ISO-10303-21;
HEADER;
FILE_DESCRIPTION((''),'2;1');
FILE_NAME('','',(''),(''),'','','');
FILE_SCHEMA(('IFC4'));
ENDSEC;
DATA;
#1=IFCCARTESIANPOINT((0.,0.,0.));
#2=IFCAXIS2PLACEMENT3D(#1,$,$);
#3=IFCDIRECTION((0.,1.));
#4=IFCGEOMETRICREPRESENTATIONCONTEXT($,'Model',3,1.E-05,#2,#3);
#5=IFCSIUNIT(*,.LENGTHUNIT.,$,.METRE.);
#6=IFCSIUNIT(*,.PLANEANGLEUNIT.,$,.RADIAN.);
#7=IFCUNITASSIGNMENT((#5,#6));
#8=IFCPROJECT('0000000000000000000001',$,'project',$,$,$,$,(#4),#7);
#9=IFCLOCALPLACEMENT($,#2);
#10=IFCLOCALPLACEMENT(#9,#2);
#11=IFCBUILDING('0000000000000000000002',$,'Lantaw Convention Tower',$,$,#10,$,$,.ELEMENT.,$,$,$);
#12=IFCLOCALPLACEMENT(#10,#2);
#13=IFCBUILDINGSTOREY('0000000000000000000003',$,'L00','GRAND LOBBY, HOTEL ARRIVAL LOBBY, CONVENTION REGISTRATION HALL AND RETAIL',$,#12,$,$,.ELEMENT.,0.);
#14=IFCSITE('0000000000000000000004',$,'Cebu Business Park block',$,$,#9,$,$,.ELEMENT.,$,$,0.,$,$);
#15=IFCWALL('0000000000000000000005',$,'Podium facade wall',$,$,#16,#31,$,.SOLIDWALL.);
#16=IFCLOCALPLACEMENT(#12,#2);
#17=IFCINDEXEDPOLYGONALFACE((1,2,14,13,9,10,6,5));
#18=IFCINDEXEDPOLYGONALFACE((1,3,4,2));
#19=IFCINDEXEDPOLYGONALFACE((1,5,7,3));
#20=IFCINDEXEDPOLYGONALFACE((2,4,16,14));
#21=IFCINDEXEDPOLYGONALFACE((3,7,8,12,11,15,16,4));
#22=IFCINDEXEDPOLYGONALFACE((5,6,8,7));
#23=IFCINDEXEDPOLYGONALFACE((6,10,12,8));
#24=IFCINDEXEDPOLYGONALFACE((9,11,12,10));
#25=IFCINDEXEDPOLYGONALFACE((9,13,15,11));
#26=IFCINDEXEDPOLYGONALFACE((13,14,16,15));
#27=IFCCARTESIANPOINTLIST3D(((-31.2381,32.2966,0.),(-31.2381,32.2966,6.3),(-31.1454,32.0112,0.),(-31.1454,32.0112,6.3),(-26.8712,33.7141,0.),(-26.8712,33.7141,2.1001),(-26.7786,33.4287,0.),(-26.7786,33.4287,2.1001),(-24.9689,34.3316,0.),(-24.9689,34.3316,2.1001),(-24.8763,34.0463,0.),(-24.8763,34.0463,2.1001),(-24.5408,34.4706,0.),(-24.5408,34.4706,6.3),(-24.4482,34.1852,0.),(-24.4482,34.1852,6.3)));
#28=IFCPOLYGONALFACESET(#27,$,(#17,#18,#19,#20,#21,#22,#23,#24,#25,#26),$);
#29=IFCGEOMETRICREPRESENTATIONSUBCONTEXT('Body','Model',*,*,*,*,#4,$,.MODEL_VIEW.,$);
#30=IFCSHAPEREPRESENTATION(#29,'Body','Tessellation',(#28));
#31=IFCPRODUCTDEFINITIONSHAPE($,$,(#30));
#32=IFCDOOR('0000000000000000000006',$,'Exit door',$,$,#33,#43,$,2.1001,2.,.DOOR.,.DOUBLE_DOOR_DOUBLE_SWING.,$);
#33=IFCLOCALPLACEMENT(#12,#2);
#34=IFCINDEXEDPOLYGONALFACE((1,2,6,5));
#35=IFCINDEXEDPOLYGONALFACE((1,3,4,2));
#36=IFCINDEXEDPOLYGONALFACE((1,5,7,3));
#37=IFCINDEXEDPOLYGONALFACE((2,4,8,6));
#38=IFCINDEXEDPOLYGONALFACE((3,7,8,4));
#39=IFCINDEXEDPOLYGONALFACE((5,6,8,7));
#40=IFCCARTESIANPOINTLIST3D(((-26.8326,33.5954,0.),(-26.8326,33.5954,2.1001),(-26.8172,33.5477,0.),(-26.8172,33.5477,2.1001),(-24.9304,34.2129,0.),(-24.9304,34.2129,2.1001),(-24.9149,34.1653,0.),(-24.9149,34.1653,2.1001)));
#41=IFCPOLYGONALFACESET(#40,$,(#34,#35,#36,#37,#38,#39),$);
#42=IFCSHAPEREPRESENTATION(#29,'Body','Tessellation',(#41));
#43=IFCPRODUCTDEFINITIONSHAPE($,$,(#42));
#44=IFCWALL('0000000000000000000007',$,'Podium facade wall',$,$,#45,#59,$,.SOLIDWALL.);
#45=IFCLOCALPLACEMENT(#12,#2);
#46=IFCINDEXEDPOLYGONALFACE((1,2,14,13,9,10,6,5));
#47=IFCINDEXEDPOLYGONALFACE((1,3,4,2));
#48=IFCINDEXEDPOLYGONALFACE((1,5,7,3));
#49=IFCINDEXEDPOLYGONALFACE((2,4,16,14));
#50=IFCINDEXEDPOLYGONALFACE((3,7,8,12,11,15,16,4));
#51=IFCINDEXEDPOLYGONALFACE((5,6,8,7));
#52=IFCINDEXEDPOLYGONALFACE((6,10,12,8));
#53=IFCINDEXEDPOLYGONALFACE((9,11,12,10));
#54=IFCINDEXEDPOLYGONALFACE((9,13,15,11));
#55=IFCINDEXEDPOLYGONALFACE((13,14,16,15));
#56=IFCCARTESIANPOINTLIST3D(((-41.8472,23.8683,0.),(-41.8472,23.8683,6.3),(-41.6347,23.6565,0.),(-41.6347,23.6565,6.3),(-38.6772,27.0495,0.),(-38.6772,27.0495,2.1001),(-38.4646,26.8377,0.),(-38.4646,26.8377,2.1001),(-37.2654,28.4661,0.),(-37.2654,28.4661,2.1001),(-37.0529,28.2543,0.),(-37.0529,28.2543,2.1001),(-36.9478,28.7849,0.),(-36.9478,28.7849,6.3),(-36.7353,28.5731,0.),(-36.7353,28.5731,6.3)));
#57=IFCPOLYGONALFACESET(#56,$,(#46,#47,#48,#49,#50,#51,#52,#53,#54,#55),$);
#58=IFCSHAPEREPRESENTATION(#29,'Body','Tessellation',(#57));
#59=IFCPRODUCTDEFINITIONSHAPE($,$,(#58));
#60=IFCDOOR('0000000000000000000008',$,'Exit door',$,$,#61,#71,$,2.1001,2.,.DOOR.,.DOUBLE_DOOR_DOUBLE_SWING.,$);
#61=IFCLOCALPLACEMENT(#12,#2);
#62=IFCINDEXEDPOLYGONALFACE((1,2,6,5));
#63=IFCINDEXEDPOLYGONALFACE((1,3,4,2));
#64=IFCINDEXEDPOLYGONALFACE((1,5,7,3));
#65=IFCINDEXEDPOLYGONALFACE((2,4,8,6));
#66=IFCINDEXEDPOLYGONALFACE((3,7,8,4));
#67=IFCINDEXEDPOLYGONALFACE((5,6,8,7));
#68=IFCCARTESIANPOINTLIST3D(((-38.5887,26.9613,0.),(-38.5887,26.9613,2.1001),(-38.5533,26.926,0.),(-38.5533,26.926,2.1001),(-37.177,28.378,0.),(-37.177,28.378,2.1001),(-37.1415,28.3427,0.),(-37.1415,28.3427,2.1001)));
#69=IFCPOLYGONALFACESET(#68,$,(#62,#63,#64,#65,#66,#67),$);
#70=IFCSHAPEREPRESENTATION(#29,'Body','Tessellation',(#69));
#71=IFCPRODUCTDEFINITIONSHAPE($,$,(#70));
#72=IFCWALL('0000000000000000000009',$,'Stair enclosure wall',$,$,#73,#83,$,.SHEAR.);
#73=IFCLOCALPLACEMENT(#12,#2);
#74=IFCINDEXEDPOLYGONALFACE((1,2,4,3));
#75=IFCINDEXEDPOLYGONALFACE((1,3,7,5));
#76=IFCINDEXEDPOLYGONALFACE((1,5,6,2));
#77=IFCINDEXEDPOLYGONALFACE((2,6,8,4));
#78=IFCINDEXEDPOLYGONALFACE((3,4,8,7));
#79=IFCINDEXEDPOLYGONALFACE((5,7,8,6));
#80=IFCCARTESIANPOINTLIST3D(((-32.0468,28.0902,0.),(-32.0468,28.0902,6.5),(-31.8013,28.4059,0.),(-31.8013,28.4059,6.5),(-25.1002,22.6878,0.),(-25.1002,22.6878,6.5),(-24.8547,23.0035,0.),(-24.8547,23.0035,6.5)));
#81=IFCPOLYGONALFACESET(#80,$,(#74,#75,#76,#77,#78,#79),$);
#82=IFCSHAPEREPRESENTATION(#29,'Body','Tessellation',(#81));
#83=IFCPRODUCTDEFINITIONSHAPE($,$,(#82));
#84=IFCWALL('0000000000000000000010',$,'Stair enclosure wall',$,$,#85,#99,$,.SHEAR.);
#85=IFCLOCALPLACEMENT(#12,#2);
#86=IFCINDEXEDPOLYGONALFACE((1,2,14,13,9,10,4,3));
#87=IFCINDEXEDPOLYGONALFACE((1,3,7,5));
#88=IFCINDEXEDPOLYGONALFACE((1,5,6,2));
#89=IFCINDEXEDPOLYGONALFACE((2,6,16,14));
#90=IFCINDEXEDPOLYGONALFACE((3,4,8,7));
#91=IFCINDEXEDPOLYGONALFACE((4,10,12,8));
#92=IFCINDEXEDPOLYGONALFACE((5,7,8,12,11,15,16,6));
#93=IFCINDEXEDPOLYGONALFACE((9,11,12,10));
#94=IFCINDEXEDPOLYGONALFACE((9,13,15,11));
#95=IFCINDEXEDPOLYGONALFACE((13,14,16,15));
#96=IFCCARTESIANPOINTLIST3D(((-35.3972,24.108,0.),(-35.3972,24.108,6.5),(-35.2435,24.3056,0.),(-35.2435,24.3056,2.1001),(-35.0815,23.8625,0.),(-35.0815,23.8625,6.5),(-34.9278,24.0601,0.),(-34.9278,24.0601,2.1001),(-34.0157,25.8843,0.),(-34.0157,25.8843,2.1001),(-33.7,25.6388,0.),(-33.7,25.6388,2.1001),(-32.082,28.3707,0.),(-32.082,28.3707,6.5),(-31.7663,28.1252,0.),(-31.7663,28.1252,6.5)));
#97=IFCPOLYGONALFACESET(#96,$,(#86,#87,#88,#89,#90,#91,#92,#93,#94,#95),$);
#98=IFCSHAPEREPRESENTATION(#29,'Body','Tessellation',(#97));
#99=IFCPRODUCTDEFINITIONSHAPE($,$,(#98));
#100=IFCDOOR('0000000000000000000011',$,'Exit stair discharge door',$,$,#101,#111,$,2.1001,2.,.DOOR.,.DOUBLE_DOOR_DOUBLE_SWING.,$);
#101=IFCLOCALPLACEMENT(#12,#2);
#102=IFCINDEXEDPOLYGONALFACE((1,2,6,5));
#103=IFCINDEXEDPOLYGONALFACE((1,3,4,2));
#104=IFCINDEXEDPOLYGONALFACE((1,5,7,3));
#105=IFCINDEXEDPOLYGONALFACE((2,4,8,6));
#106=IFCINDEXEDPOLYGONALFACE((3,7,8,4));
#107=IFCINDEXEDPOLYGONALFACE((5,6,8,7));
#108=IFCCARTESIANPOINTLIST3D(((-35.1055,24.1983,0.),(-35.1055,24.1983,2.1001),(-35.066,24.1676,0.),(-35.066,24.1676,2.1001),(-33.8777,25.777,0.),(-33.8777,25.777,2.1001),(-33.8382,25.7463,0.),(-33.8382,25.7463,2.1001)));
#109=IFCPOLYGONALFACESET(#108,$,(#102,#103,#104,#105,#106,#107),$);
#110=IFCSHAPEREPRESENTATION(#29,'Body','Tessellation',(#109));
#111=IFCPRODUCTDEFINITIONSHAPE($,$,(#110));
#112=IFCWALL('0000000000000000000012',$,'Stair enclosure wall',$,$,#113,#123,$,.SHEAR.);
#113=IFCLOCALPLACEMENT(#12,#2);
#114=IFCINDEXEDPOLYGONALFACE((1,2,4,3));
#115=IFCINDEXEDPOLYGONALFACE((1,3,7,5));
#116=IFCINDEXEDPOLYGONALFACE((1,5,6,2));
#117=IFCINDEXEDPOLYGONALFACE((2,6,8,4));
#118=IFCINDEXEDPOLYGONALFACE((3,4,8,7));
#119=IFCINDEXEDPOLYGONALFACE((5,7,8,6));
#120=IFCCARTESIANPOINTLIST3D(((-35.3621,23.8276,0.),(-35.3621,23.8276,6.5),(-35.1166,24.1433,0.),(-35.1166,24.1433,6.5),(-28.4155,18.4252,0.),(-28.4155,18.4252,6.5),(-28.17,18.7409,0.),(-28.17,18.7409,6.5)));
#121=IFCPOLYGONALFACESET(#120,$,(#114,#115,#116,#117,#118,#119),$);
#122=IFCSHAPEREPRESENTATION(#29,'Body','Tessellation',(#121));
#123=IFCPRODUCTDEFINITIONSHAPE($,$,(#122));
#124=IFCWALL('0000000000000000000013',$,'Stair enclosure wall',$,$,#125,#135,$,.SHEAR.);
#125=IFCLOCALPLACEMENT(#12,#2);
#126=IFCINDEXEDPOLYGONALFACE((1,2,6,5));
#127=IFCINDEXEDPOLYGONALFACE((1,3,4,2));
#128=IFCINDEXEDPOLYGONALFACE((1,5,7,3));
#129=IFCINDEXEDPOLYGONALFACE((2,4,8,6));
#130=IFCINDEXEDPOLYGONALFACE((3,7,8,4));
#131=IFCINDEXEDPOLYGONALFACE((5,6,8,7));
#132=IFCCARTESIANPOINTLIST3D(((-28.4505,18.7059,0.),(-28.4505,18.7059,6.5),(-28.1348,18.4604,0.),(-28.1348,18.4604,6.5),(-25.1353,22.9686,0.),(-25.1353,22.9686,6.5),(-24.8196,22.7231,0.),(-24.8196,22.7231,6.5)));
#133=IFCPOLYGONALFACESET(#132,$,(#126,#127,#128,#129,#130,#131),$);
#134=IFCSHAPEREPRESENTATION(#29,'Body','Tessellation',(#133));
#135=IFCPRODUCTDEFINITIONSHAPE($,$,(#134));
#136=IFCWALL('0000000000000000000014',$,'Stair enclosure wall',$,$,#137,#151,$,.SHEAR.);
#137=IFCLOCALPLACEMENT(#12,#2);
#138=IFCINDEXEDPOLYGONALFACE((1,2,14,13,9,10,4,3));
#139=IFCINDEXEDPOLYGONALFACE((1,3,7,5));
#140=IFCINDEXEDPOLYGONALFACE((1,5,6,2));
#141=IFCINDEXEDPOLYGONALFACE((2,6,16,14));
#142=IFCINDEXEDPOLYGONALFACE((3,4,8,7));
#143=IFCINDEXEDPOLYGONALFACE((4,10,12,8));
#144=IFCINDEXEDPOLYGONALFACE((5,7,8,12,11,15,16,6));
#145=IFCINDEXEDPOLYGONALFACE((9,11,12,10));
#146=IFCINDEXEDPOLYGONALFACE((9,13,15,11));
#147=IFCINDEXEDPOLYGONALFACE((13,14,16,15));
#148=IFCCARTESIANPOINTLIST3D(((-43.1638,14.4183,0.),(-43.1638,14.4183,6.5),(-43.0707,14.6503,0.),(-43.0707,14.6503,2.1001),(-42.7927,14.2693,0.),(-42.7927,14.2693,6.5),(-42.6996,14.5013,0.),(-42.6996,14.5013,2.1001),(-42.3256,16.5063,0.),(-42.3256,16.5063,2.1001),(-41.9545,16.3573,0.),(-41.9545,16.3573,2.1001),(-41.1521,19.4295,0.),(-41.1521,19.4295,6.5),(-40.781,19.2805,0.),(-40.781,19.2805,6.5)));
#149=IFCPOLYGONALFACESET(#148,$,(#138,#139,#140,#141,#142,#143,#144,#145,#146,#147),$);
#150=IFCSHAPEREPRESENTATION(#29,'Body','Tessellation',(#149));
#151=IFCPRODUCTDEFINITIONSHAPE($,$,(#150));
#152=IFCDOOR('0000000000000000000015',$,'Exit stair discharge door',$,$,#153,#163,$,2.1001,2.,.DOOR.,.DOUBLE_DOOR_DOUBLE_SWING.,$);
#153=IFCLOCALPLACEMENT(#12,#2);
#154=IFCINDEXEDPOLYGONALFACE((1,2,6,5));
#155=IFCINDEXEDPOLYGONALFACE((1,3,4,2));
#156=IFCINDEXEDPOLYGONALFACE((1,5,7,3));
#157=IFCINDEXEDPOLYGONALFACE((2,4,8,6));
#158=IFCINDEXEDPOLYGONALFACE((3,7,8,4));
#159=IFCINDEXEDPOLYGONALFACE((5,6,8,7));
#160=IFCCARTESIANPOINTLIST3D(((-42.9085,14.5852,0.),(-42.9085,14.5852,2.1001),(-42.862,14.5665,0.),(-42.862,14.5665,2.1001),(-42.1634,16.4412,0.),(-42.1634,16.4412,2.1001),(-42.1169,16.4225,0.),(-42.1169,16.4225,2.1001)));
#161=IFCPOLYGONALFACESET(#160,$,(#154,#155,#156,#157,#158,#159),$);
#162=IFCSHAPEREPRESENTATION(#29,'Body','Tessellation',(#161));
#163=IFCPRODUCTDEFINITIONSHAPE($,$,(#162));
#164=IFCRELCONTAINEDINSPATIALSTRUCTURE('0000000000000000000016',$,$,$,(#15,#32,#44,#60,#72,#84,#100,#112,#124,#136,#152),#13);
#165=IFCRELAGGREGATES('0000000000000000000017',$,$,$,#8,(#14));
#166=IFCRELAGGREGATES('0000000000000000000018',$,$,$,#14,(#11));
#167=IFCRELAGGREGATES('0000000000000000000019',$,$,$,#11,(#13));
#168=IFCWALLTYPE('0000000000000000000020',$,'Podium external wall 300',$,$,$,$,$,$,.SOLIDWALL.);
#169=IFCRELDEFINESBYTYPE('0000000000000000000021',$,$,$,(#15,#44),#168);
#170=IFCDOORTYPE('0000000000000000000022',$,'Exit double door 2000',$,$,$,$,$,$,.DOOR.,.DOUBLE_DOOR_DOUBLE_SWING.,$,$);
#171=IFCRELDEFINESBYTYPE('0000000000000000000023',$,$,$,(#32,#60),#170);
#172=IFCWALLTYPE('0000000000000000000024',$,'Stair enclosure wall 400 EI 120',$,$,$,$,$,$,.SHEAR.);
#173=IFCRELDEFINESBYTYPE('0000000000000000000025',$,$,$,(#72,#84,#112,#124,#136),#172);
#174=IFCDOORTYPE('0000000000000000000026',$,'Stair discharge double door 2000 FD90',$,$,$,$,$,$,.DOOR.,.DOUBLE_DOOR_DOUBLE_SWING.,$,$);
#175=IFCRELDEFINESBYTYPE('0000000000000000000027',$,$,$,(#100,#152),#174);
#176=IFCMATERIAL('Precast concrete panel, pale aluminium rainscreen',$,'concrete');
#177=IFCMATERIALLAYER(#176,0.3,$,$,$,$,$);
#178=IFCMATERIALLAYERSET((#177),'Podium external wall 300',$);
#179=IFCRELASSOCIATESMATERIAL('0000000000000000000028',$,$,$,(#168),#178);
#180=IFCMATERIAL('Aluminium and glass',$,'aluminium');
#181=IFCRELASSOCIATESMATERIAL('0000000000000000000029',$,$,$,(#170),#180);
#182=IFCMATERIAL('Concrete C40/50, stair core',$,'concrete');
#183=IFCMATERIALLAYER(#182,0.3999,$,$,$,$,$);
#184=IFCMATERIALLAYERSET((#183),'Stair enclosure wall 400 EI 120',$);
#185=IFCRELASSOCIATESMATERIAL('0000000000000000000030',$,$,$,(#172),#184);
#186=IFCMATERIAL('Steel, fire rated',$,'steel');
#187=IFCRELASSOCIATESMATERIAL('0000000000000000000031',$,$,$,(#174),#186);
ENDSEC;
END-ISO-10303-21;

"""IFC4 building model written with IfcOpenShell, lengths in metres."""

from ifc_helpers import new_model, si_unit, direction, frame, frame_2d, origin, place, context, subcontext, project, spatial, rectangle, extrude, material, layer, layer_set, type_object, element, fill, save


model = new_model("IFC4")

# Units and contexts
model_context = context("Model", 3, precision=1e-05, world=origin(), true_north=direction((0.0, 1.0)))
body_context = subcontext(model_context, "Body", "Model", "MODEL_VIEW")
ifc_project = project(units=[si_unit("LENGTHUNIT", "METRE"), si_unit("PLANEANGLEUNIT", "RADIAN")], contexts=[model_context])

# Site, building, storey
site_placement = place(None, origin())
site = spatial("IfcSite", under=ifc_project, at=site_placement, Name="Cebu Business Park block", CompositionType="ELEMENT", RefElevation=0.0)
building_placement = place(site_placement, origin())
building = spatial("IfcBuilding", under=site, at=building_placement, Name="Lantaw Convention Tower", CompositionType="ELEMENT")
storey_placement = place(building_placement, origin())
storey = spatial("IfcBuildingStorey", under=building, at=storey_placement, Name="L00", Description="GRAND LOBBY, HOTEL ARRIVAL LOBBY, CONVENTION REGISTRATION HALL AND RETAIL", CompositionType="ELEMENT", Elevation=0.0)

# Walls, openings, doors
ifc_material_1 = material(Name="Aluminium and glass", Category="aluminium")
ifc_material_2 = material(Name="Precast concrete panel, pale aluminium rainscreen", Category="concrete")
ifc_layer_1 = layer(ifc_material_2, 0.3)
ifc_layer_set_1 = layer_set([ifc_layer_1], Name="Podium external wall 300")
wall_type_1 = type_object("IfcWallType", Name="Podium external wall 300", PredefinedType="SOLIDWALL", material=ifc_layer_set_1)
wall_1_placement = place(storey_placement, frame((-24.4946, 34.3279, 0.0), z_axis=(0.0, 0.0, 1.0), x_axis=(-0.95114, -0.30876, 0.0)))
wall_1 = element("IfcWall", 1, at=wall_1_placement, inside=storey, type_object=wall_type_1, Name="Podium facade wall", PredefinedType="SOLIDWALL", context=body_context, shape_type="SweptSolid", body=[
    extrude(rectangle(XDim=7.0413, YDim=0.3, at=frame_2d((3.5205, 0.0))), origin(), (0.0, 0.0, 1.0), 6.3),
])
opening_1_placement = place(wall_1_placement, frame((0.45, 0.0, 0.0)))
opening_1 = element("IfcOpeningElement", 2, at=opening_1_placement, cuts=wall_1, PredefinedType="OPENING", context=body_context, shape_type="SweptSolid", body=[
    extrude(rectangle(XDim=2.0, YDim=2.1001, at=frame_2d((1.0, 1.05))), frame((0.0, 0.1599, 0.0), z_axis=(0.0, -1.0, 0.0), x_axis=(1.0, 0.0, 0.0)), (0.0, 0.0, 1.0), 0.3201),
])
door_type_1 = type_object("IfcDoorType", Name="Exit double door 2000", OperationType="DOUBLE_DOOR_DOUBLE_SWING", PredefinedType="DOOR", material=ifc_material_1)
door_1_placement = place(opening_1_placement, origin())
door_1 = element("IfcDoor", 3, at=door_1_placement, inside=storey, type_object=door_type_1, Name="Exit door", OperationType="DOUBLE_DOOR_DOUBLE_SWING", OverallHeight=2.1001, OverallWidth=2.0, PredefinedType="DOOR", context=body_context, shape_type="SweptSolid", body=[
    extrude(rectangle(XDim=2.0, YDim=2.1001, at=frame_2d((1.0, 1.05))), frame((0.0, 0.0249, 0.0), z_axis=(0.0, -1.0, 0.0), x_axis=(1.0, 0.0, 0.0)), (0.0, 0.0, 1.0), 0.05),
])
fill(opening_1, door_1)
wall_2_placement = place(storey_placement, frame((-36.8416, 28.679, 0.0), z_axis=(0.0, 0.0, 1.0), x_axis=(-0.705875, -0.708337, 0.0)))
wall_2 = element("IfcWall", 4, at=wall_2_placement, inside=storey, type_object=wall_type_1, Name="Podium facade wall", PredefinedType="SOLIDWALL", context=body_context, shape_type="SweptSolid", body=[
    extrude(rectangle(XDim=6.9409, YDim=0.3, at=frame_2d((3.4705, 0.0))), origin(), (0.0, 0.0, 1.0), 6.3),
])
opening_2_placement = place(wall_2_placement, frame((0.45, 0.0, 0.0)))
opening_2 = element("IfcOpeningElement", 5, at=opening_2_placement, cuts=wall_2, PredefinedType="OPENING", context=body_context, shape_type="SweptSolid", body=[
    extrude(rectangle(XDim=2.0, YDim=2.1001, at=frame_2d((1.0, 1.05))), frame((0.0, 0.1599, 0.0), z_axis=(0.0, -1.0, 0.0), x_axis=(1.0, 0.0, 0.0)), (0.0, 0.0, 1.0), 0.3201),
])
door_2_placement = place(opening_2_placement, origin())
door_2 = element("IfcDoor", 6, at=door_2_placement, inside=storey, type_object=door_type_1, Name="Exit door", OperationType="DOUBLE_DOOR_DOUBLE_SWING", OverallHeight=2.1001, OverallWidth=2.0, PredefinedType="DOOR", context=body_context, shape_type="SweptSolid", body=[
    extrude(rectangle(XDim=2.0, YDim=2.1001, at=frame_2d((1.0, 1.05))), frame((0.0, 0.0249, 0.0), z_axis=(0.0, -1.0, 0.0), x_axis=(1.0, 0.0, 0.0)), (0.0, 0.0, 1.0), 0.05),
])
fill(opening_2, door_2)

# Wall
ifc_material_3 = material(Name="Concrete C40/50, stair core", Category="concrete")
ifc_layer_2 = layer(ifc_material_3, 0.3999)
ifc_layer_set_2 = layer_set([ifc_layer_2], Name="Stair enclosure wall 400 EI 120")
wall_type_2 = type_object("IfcWallType", Name="Stair enclosure wall 400 EI 120", PredefinedType="SHEAR", material=ifc_layer_set_2)
wall_3_placement = place(storey_placement, frame((-24.9775, 22.8457, 0.0), z_axis=(0.0, 0.0, 1.0), x_axis=(-0.789381, 0.613904, 0.0)))
element("IfcWall", 7, at=wall_3_placement, inside=storey, type_object=wall_type_2, Name="Stair enclosure wall", PredefinedType="SHEAR", context=body_context, shape_type="SweptSolid", body=[
    extrude(rectangle(XDim=8.8, YDim=0.3999, at=frame_2d((4.3999, 0.0))), origin(), (0.0, 0.0, 1.0), 6.5),
])

# Wall, opening, door
wall_4_placement = place(storey_placement, frame((-31.9241, 28.248, 0.0), z_axis=(0.0, 0.0, 1.0), x_axis=(-0.613912, -0.789374, 0.0)))
wall_4 = element("IfcWall", 8, at=wall_4_placement, inside=storey, type_object=wall_type_2, Name="Stair enclosure wall", PredefinedType="SHEAR", context=body_context, shape_type="SweptSolid", body=[
    extrude(rectangle(XDim=5.4001, YDim=0.3999, at=frame_2d((2.7002, 0.0))), origin(), (0.0, 0.0, 1.0), 6.5),
])
opening_3_placement = place(wall_4_placement, frame((3.1499, 0.0, 0.0)))
opening_3 = element("IfcOpeningElement", 9, at=opening_3_placement, cuts=wall_4, PredefinedType="OPENING", context=body_context, shape_type="SweptSolid", body=[
    extrude(rectangle(XDim=2.0, YDim=2.1001, at=frame_2d((1.0, 1.05))), frame((0.0, 0.21, 0.0), z_axis=(0.0, -1.0, 0.0), x_axis=(1.0, 0.0, 0.0)), (0.0, 0.0, 1.0), 0.4199),
])
ifc_material_4 = material(Name="Steel, fire rated", Category="steel")
door_type_2 = type_object("IfcDoorType", Name="Stair discharge double door 2000 FD90", OperationType="DOUBLE_DOOR_DOUBLE_SWING", PredefinedType="DOOR", material=ifc_material_4)
door_3_placement = place(opening_3_placement, origin())
door_3 = element("IfcDoor", 10, at=door_3_placement, inside=storey, type_object=door_type_2, Name="Exit stair discharge door", OperationType="DOUBLE_DOOR_DOUBLE_SWING", OverallHeight=2.1001, OverallWidth=2.0, PredefinedType="DOOR", context=body_context, shape_type="SweptSolid", body=[
    extrude(rectangle(XDim=2.0, YDim=2.1001, at=frame_2d((1.0, 1.05))), frame((0.0, 0.0249, 0.0), z_axis=(0.0, -1.0, 0.0), x_axis=(1.0, 0.0, 0.0)), (0.0, 0.0, 1.0), 0.05),
])
fill(opening_3, door_3)

# Walls
wall_5_placement = place(storey_placement, frame((-35.2393, 23.9854, 0.0), z_axis=(0.0, 0.0, 1.0), x_axis=(0.789381, -0.613904, 0.0)))
element("IfcWall", 11, at=wall_5_placement, inside=storey, type_object=wall_type_2, Name="Stair enclosure wall", PredefinedType="SHEAR", context=body_context, shape_type="SweptSolid", body=[
    extrude(rectangle(XDim=8.8, YDim=0.3999, at=frame_2d((4.3999, 0.0))), origin(), (0.0, 0.0, 1.0), 6.5),
])
wall_6_placement = place(storey_placement, frame((-28.2927, 18.583, 0.0), z_axis=(0.0, 0.0, 1.0), x_axis=(0.613912, 0.789374, 0.0)))
element("IfcWall", 12, at=wall_6_placement, inside=storey, type_object=wall_type_2, Name="Stair enclosure wall", PredefinedType="SHEAR", context=body_context, shape_type="SweptSolid", body=[
    extrude(rectangle(XDim=5.4001, YDim=0.3999, at=frame_2d((2.7002, 0.0))), origin(), (0.0, 0.0, 1.0), 6.5),
])

# Wall, opening, door
wall_7_placement = place(storey_placement, frame((-40.9666, 19.355, 0.0), z_axis=(0.0, 0.0, 1.0), x_axis=(-0.372544, -0.928015, 0.0)))
wall_7 = element("IfcWall", 13, at=wall_7_placement, inside=storey, type_object=wall_type_2, Name="Stair enclosure wall", PredefinedType="SHEAR", context=body_context, shape_type="SweptSolid", body=[
    extrude(rectangle(XDim=5.3999, YDim=0.3999, at=frame_2d((2.7, 0.0))), origin(), (0.0, 0.0, 1.0), 6.5),
])
opening_4_placement = place(wall_7_placement, frame((3.1499, 0.0, 0.0)))
opening_4 = element("IfcOpeningElement", 14, at=opening_4_placement, cuts=wall_7, PredefinedType="OPENING", context=body_context, shape_type="SweptSolid", body=[
    extrude(rectangle(XDim=2.0, YDim=2.1001, at=frame_2d((1.0, 1.05))), frame((0.0, 0.21, 0.0), z_axis=(0.0, -1.0, 0.0), x_axis=(1.0, 0.0, 0.0)), (0.0, 0.0, 1.0), 0.4199),
])
door_4_placement = place(opening_4_placement, origin())
door_4 = element("IfcDoor", 15, at=door_4_placement, inside=storey, type_object=door_type_2, Name="Exit stair discharge door", OperationType="DOUBLE_DOOR_DOUBLE_SWING", OverallHeight=2.1001, OverallWidth=2.0, PredefinedType="DOOR", context=body_context, shape_type="SweptSolid", body=[
    extrude(rectangle(XDim=2.0, YDim=2.1001, at=frame_2d((1.0, 1.05))), frame((0.0, 0.0249, 0.0), z_axis=(0.0, -1.0, 0.0), x_axis=(1.0, 0.0, 0.0)), (0.0, 0.0, 1.0), 0.05),
])
fill(opening_4, door_4)

save(model, "model.ifc")
